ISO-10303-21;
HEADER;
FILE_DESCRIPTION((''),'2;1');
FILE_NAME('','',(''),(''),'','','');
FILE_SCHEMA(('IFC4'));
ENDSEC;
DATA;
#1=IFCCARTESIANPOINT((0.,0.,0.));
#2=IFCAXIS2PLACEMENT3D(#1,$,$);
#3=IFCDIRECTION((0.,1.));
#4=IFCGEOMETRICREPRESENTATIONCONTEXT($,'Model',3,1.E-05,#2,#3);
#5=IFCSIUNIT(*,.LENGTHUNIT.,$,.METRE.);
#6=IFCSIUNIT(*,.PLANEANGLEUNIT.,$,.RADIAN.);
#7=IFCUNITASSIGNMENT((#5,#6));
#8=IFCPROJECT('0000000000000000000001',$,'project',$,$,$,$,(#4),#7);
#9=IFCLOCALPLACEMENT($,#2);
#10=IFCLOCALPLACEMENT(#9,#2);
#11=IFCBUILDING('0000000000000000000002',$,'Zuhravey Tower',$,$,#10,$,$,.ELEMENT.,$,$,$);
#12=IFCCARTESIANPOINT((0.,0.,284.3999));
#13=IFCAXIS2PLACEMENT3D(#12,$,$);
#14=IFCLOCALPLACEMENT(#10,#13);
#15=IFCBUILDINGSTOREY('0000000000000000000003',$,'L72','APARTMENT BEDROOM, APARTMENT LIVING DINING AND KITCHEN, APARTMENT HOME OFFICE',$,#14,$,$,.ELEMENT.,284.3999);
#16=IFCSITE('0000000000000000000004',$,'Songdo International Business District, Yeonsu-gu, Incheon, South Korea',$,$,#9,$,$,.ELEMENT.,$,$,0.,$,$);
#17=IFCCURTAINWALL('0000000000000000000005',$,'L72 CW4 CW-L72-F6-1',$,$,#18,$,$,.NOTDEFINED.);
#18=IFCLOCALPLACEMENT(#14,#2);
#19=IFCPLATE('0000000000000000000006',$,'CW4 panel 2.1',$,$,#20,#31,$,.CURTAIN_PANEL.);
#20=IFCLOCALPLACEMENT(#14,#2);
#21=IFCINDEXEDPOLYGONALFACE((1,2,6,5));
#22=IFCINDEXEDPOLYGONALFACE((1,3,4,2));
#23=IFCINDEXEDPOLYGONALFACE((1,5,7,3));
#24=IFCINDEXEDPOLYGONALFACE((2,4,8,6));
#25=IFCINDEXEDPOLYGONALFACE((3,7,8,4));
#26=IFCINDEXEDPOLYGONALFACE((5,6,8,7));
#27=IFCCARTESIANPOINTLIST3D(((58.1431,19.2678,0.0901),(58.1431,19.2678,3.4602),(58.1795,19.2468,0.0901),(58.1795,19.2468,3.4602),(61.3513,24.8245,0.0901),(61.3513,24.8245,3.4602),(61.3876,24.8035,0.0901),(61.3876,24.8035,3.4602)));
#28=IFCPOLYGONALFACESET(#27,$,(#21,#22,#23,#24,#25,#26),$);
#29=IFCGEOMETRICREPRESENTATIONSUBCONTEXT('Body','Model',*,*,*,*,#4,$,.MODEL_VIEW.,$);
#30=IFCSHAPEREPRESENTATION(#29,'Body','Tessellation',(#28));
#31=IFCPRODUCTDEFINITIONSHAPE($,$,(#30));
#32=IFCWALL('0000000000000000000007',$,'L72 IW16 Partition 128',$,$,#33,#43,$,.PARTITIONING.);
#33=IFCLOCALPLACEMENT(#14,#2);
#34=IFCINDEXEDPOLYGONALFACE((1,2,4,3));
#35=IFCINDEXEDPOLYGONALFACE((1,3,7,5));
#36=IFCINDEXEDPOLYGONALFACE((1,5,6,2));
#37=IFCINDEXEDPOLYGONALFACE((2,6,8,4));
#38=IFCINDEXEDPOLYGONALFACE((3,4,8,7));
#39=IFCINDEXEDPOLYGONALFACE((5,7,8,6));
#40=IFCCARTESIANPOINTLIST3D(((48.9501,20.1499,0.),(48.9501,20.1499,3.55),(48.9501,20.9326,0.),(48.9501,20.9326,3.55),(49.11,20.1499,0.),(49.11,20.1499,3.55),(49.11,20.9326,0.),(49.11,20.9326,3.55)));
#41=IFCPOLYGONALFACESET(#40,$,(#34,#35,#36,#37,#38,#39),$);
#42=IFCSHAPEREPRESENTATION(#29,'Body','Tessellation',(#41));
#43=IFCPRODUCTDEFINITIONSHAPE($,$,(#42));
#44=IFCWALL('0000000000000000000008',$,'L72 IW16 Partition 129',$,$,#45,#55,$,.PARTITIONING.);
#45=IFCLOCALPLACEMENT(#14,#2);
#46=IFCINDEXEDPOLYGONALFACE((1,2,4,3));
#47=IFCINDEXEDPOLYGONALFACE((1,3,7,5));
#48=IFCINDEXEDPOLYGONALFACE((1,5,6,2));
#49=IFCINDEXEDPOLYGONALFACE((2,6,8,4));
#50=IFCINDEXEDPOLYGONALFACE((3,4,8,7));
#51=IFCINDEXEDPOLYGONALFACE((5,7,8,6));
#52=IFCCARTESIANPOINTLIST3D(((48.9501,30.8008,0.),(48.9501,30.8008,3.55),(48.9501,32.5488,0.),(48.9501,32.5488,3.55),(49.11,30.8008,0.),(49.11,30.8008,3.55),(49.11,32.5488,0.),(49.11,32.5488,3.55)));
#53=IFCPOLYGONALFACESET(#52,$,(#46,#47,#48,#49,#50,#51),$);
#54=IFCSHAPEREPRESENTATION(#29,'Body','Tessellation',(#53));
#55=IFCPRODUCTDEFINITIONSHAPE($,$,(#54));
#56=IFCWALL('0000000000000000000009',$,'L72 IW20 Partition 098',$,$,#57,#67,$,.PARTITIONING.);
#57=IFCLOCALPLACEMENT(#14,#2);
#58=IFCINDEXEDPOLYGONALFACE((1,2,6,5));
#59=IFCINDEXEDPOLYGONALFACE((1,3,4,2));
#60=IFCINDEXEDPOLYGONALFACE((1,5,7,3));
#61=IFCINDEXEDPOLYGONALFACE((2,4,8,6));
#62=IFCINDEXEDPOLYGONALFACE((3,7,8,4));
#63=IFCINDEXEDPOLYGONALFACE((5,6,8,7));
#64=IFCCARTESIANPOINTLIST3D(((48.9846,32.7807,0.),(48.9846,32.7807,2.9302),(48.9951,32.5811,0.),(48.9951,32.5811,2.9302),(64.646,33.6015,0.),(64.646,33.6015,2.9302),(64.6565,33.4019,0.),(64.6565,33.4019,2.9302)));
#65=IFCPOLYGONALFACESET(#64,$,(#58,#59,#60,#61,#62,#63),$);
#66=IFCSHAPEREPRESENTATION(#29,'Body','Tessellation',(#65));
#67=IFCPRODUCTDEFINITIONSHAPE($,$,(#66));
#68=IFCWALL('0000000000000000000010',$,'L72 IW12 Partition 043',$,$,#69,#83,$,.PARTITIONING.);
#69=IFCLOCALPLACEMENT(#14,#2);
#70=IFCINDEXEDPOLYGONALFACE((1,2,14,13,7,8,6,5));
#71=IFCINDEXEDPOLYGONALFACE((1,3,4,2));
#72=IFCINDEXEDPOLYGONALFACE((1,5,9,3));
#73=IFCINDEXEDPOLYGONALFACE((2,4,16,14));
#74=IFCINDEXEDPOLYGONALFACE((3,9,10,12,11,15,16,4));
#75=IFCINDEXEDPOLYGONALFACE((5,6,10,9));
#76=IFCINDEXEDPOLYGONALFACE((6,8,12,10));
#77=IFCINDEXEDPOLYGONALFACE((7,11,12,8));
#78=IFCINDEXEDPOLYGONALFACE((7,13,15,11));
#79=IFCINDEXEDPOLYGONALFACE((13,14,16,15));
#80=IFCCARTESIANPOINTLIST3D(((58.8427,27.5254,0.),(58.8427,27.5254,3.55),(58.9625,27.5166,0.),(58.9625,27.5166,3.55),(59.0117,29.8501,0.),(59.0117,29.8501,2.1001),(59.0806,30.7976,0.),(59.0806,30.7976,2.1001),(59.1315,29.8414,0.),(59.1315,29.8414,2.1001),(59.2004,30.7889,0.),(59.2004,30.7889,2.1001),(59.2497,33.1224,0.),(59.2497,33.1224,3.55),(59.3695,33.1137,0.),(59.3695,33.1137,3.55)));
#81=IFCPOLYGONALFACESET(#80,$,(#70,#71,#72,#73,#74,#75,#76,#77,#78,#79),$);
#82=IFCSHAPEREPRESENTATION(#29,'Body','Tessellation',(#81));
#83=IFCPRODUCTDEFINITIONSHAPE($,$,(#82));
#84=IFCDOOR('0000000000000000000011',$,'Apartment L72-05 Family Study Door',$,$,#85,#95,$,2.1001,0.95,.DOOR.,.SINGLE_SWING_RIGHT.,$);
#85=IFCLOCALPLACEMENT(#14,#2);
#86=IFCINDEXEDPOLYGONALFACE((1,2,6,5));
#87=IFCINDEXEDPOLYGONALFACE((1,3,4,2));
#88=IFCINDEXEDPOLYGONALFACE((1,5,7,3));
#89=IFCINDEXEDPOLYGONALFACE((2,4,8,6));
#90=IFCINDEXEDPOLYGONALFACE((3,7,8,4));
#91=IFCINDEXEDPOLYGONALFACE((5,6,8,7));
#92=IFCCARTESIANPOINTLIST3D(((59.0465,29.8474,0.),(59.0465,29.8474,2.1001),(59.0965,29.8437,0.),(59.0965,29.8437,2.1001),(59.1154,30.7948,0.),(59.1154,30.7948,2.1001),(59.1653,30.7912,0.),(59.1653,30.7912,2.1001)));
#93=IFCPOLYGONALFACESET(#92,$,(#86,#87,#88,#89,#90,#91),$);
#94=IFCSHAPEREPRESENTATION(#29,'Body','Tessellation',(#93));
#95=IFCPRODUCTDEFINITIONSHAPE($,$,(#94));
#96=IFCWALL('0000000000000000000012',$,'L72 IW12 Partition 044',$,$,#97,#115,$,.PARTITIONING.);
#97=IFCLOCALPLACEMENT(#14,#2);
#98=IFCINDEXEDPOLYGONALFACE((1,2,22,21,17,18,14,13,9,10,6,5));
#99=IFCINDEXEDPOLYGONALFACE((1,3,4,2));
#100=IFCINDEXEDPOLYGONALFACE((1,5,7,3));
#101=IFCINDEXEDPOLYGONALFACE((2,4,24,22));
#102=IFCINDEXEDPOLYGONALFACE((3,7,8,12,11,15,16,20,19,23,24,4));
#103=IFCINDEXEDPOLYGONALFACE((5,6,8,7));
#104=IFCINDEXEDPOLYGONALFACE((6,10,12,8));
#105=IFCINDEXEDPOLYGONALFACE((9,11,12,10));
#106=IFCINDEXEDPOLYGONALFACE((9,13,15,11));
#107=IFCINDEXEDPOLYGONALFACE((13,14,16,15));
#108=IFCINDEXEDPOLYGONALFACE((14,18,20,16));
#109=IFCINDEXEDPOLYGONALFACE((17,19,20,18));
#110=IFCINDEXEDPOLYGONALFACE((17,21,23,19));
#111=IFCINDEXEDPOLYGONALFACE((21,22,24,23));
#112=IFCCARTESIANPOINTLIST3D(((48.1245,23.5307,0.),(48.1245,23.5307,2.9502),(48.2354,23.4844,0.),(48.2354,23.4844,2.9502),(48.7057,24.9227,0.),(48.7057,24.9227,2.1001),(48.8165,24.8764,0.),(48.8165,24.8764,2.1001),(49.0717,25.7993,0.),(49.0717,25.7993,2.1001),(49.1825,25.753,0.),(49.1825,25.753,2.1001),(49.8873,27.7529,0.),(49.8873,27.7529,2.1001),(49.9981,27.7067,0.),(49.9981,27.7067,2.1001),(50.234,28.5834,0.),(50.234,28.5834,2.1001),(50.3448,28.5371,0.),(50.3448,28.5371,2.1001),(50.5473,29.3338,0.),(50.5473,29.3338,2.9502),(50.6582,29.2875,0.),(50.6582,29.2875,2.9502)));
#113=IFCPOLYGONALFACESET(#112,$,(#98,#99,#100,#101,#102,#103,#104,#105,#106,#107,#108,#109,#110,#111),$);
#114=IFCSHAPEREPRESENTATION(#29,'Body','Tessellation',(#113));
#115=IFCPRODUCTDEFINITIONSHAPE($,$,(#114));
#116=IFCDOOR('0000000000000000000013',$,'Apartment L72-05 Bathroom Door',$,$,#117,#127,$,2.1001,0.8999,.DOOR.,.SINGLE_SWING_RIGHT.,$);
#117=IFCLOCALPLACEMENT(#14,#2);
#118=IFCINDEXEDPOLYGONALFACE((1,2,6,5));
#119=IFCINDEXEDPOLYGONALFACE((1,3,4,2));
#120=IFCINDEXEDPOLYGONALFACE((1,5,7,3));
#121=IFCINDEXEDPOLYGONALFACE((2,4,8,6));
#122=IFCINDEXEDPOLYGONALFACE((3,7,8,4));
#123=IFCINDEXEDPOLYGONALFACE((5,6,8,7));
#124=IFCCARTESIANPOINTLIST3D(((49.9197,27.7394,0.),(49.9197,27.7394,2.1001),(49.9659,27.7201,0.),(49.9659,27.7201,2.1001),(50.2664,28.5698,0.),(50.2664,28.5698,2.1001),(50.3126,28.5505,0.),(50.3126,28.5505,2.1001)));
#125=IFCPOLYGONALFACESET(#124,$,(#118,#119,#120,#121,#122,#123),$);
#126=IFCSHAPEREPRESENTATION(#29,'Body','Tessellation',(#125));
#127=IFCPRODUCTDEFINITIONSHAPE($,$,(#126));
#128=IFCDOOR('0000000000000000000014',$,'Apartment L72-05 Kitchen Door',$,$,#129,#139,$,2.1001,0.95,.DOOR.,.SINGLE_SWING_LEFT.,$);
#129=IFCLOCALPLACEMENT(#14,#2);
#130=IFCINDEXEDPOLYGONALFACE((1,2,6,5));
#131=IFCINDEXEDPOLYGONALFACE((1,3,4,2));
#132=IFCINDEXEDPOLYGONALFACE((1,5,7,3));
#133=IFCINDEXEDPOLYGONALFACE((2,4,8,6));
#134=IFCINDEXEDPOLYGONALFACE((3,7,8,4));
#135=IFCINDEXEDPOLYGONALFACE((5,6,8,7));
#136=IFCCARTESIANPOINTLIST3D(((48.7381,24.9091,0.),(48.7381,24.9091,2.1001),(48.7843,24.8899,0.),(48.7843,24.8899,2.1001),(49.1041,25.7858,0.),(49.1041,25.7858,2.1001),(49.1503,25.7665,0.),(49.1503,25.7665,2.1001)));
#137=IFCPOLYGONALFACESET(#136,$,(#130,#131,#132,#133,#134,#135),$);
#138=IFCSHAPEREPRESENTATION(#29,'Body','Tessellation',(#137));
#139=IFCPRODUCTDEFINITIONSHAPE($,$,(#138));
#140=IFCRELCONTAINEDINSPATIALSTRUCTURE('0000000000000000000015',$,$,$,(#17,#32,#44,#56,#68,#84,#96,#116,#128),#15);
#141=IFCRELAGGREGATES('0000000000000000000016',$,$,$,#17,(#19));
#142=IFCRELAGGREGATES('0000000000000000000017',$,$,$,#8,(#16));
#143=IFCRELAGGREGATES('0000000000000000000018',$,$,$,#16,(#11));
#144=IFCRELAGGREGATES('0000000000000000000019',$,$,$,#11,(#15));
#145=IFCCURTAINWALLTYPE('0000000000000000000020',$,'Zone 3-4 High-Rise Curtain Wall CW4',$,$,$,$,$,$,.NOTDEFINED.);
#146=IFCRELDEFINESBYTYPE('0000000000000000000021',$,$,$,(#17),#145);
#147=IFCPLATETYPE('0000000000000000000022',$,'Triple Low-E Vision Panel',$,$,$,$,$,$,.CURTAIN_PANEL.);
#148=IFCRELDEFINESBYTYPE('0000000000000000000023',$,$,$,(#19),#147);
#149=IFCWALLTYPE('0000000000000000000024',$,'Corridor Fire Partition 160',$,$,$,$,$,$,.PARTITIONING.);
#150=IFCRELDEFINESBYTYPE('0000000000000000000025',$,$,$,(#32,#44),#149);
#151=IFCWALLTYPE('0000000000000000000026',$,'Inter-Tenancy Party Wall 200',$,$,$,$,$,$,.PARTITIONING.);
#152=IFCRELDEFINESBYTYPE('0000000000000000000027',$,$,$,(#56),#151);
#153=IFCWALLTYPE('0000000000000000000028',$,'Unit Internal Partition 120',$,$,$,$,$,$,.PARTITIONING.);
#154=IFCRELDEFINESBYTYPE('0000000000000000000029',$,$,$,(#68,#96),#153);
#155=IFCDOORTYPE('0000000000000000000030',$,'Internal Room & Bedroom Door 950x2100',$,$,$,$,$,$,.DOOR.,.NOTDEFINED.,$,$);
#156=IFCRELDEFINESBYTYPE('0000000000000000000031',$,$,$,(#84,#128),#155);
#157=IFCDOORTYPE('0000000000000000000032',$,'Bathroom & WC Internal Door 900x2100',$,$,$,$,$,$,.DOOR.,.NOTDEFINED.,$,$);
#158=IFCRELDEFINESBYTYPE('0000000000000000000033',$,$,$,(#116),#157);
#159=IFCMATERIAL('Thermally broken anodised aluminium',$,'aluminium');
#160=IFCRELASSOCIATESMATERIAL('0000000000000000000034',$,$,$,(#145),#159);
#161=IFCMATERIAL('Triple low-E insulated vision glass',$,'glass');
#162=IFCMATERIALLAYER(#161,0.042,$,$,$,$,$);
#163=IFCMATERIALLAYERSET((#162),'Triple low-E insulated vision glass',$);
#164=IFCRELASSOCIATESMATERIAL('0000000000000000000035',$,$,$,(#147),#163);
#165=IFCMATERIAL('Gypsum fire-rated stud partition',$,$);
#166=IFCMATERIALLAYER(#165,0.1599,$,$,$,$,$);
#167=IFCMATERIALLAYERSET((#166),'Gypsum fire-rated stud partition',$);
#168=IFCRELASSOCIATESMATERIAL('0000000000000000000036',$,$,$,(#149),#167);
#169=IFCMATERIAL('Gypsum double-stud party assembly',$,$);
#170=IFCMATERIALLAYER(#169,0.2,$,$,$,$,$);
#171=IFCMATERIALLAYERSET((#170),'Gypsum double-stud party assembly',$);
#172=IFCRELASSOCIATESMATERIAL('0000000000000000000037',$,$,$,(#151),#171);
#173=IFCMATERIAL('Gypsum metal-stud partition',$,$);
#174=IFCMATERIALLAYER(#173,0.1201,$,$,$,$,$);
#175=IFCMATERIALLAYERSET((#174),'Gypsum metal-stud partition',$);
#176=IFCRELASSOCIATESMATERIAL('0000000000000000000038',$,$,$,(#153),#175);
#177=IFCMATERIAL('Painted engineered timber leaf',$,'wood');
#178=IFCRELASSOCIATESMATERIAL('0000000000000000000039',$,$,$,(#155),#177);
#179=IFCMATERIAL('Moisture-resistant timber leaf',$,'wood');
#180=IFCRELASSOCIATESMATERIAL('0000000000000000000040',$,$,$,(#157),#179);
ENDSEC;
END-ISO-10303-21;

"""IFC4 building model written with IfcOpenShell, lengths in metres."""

from ifc_helpers import new_model, si_unit, direction, frame, frame_2d, origin, origin_2d, place, context, subcontext, project, spatial, rectangle, extrude, material, layer, layer_set, type_object, element, fill, aggregate, save


model = new_model("IFC4")

# Units and contexts
model_context = context("Model", 3, precision=1e-05, world=origin(), true_north=direction((0.0, 1.0)))
body_context = subcontext(model_context, "Body", "Model", "MODEL_VIEW")
ifc_project = project(units=[si_unit("LENGTHUNIT", "METRE"), si_unit("PLANEANGLEUNIT", "RADIAN")], contexts=[model_context])

# Site, building, storey
site_placement = place(None, origin())
site = spatial("IfcSite", under=ifc_project, at=site_placement, Name="Songdo International Business District, Yeonsu-gu, Incheon, South Korea", CompositionType="ELEMENT", RefElevation=0.0)
building_placement = place(site_placement, origin())
building = spatial("IfcBuilding", under=site, at=building_placement, Name="Zuhravey Tower", CompositionType="ELEMENT")
storey_placement = place(building_placement, frame((0.0, 0.0, 284.3999)))
storey = spatial("IfcBuildingStorey", under=building, at=storey_placement, Name="L72", Description="APARTMENT BEDROOM, APARTMENT LIVING DINING AND KITCHEN, APARTMENT HOME OFFICE", CompositionType="ELEMENT", Elevation=284.3999)

# Curtain wall
ifc_material_1 = material(Name="Thermally broken anodised aluminium", Category="aluminium")
curtain_wall_type = type_object("IfcCurtainWallType", Name="Zone 3-4 High-Rise Curtain Wall CW4", PredefinedType="NOTDEFINED", material=ifc_material_1)
curtain_wall_placement = place(storey_placement, origin())
curtain_wall = element("IfcCurtainWall", 1, at=curtain_wall_placement, inside=storey, type_object=curtain_wall_type, Name="L72 CW4 CW-L72-F6-1", PredefinedType="NOTDEFINED")

# Plate
ifc_material_2 = material(Name="Triple low-E insulated vision glass", Category="glass")
ifc_layer_1 = layer(ifc_material_2, 0.042)
ifc_layer_set_1 = layer_set([ifc_layer_1], Name="Triple low-E insulated vision glass")
plate_type_1 = type_object("IfcPlateType", Name="Triple Low-E Vision Panel", PredefinedType="CURTAIN_PANEL", material=ifc_layer_set_1)
plate_1_placement = place(storey_placement, frame((59.7654, 22.0356, 0.0901), z_axis=(0.0, 0.0, 1.0), x_axis=(-0.500001, -0.866025, 0.0)))
plate_1 = element("IfcPlate", 2, at=plate_1_placement, type_object=plate_type_1, Name="CW4 panel 2.1", PredefinedType="CURTAIN_PANEL", context=body_context, shape_type="SweptSolid", body=[
    extrude(rectangle(XDim=6.4163, YDim=0.042, at=origin_2d()), origin(), (0.0, 0.0, 1.0), 3.3701),
])
aggregate(curtain_wall, [plate_1])

# Walls
ifc_material_3 = material(Name="Gypsum fire-rated stud partition")
ifc_layer_2 = layer(ifc_material_3, 0.1599)
ifc_layer_set_2 = layer_set([ifc_layer_2], Name="Gypsum fire-rated stud partition")
wall_type_1 = type_object("IfcWallType", Name="Corridor Fire Partition 160", PredefinedType="PARTITIONING", material=ifc_layer_set_2)
wall_1_placement = place(storey_placement, frame((49.03, 20.1499, 0.0), z_axis=(0.0, 0.0, 1.0), x_axis=(0.0, 1.0, 0.0)))
element("IfcWall", 3, at=wall_1_placement, inside=storey, type_object=wall_type_1, Name="L72 IW16 Partition 128", PredefinedType="PARTITIONING", context=body_context, shape_type="SweptSolid", body=[
    extrude(rectangle(XDim=0.7827, YDim=0.1599, at=frame_2d((0.3914, 0.0))), origin(), (0.0, 0.0, 1.0), 3.55),
])
wall_2_placement = place(storey_placement, frame((49.03, 30.8008, 0.0), z_axis=(0.0, 0.0, 1.0), x_axis=(0.0, 1.0, 0.0)))
element("IfcWall", 4, at=wall_2_placement, inside=storey, type_object=wall_type_1, Name="L72 IW16 Partition 129", PredefinedType="PARTITIONING", context=body_context, shape_type="SweptSolid", body=[
    extrude(rectangle(XDim=1.748, YDim=0.1599, at=frame_2d((0.874, 0.0))), origin(), (0.0, 0.0, 1.0), 3.55),
])
ifc_material_4 = material(Name="Gypsum double-stud party assembly")
ifc_layer_3 = layer(ifc_material_4, 0.2)
ifc_layer_set_3 = layer_set([ifc_layer_3], Name="Gypsum double-stud party assembly")
wall_type_2 = type_object("IfcWallType", Name="Inter-Tenancy Party Wall 200", PredefinedType="PARTITIONING", material=ifc_layer_set_3)
wall_3_placement = place(storey_placement, frame((48.99, 32.6809, 0.0), z_axis=(0.0, 0.0, 1.0), x_axis=(0.998629, 0.052337, 0.0)))
element("IfcWall", 5, at=wall_3_placement, inside=storey, type_object=wall_type_2, Name="L72 IW20 Partition 098", PredefinedType="PARTITIONING", context=body_context, shape_type="SweptSolid", body=[
    extrude(rectangle(XDim=15.6829, YDim=0.2, at=frame_2d((7.8413, 0.0))), origin(), (0.0, 0.0, 1.0), 2.9302),
])

# Wall, opening, door
ifc_material_5 = material(Name="Gypsum metal-stud partition")
ifc_layer_4 = layer(ifc_material_5, 0.1201)
ifc_layer_set_4 = layer_set([ifc_layer_4], Name="Gypsum metal-stud partition")
wall_type_3 = type_object("IfcWallType", Name="Unit Internal Partition 120", PredefinedType="PARTITIONING", material=ifc_layer_set_4)
wall_4_placement = place(storey_placement, frame((58.9026, 27.521, 0.0), z_axis=(0.0, 0.0, 1.0), x_axis=(0.072524, 0.997367, 0.0)))
wall_4 = element("IfcWall", 6, at=wall_4_placement, inside=storey, type_object=wall_type_3, Name="L72 IW12 Partition 043", PredefinedType="PARTITIONING", context=body_context, shape_type="SweptSolid", body=[
    extrude(rectangle(XDim=5.6118, YDim=0.1201, at=frame_2d((2.8059, 0.0))), origin(), (0.0, 0.0, 1.0), 3.55),
])
opening_1_placement = place(wall_4_placement, frame((2.3308, 0.0, 0.0)))
opening_1 = element("IfcOpeningElement", 7, at=opening_1_placement, cuts=wall_4, PredefinedType="OPENING", context=body_context, shape_type="SweptSolid", body=[
    extrude(rectangle(XDim=0.95, YDim=2.1001, at=frame_2d((0.4751, 1.05))), frame((0.0, 0.072, 0.0), z_axis=(0.0, -1.0, 0.0), x_axis=(1.0, 0.0, 0.0)), (0.0, 0.0, 1.0), 0.144),
])
ifc_material_6 = material(Name="Painted engineered timber leaf", Category="wood")
door_type_1 = type_object("IfcDoorType", Name="Internal Room & Bedroom Door 950x2100", OperationType="NOTDEFINED", PredefinedType="DOOR", material=ifc_material_6)
door_1_placement = place(opening_1_placement, frame((0.95, 0.0, 0.0), z_axis=(0.0, 0.0, 1.0), x_axis=(-1.0, 0.0, 0.0)))
door_1 = element("IfcDoor", 8, at=door_1_placement, inside=storey, type_object=door_type_1, Name="Apartment L72-05 Family Study Door", OperationType="SINGLE_SWING_RIGHT", OverallHeight=2.1001, OverallWidth=0.95, PredefinedType="DOOR", context=body_context, shape_type="SweptSolid", body=[
    extrude(rectangle(XDim=0.95, YDim=2.1001, at=frame_2d((0.4751, 1.05))), frame((0.0, 0.0249, 0.0), z_axis=(0.0, -1.0, 0.0), x_axis=(1.0, 0.0, 0.0)), (0.0, 0.0, 1.0), 0.05),
])
fill(opening_1, door_1)

# Wall, openings, doors
wall_5_placement = place(storey_placement, frame((48.1799, 23.5076, 0.0), z_axis=(0.0, 0.0, 1.0), x_axis=(0.385271, 0.922803, 0.0)))
wall_5 = element("IfcWall", 9, at=wall_5_placement, inside=storey, type_object=wall_type_3, Name="L72 IW12 Partition 044", PredefinedType="PARTITIONING", context=body_context, shape_type="SweptSolid", body=[
    extrude(rectangle(XDim=6.2886, YDim=0.1201, at=frame_2d((3.1443, 0.0))), origin(), (0.0, 0.0, 1.0), 2.9502),
])
opening_2_placement = place(wall_5_placement, frame((1.5083, 0.0, 0.0)))
opening_2 = element("IfcOpeningElement", 10, at=opening_2_placement, cuts=wall_5, PredefinedType="OPENING", context=body_context, shape_type="SweptSolid", body=[
    extrude(rectangle(XDim=0.95, YDim=2.1001, at=frame_2d((0.4751, 1.05))), frame((0.0, 0.072, 0.0), z_axis=(0.0, -1.0, 0.0), x_axis=(1.0, 0.0, 0.0)), (0.0, 0.0, 1.0), 0.144),
])
opening_3_placement = place(wall_5_placement, frame((4.5754, 0.0, 0.0)))
opening_3 = element("IfcOpeningElement", 11, at=opening_3_placement, cuts=wall_5, PredefinedType="OPENING", context=body_context, shape_type="SweptSolid", body=[
    extrude(rectangle(XDim=0.8999, YDim=2.1001, at=frame_2d((0.45, 1.05))), frame((0.0, 0.072, 0.0), z_axis=(0.0, -1.0, 0.0), x_axis=(1.0, 0.0, 0.0)), (0.0, 0.0, 1.0), 0.144),
])
ifc_material_7 = material(Name="Moisture-resistant timber leaf", Category="wood")
door_type_2 = type_object("IfcDoorType", Name="Bathroom & WC Internal Door 900x2100", OperationType="NOTDEFINED", PredefinedType="DOOR", material=ifc_material_7)
door_2_placement = place(opening_3_placement, origin())
door_2 = element("IfcDoor", 12, at=door_2_placement, inside=storey, type_object=door_type_2, Name="Apartment L72-05 Bathroom Door", OperationType="SINGLE_SWING_RIGHT", OverallHeight=2.1001, OverallWidth=0.8999, PredefinedType="DOOR", context=body_context, shape_type="SweptSolid", body=[
    extrude(rectangle(XDim=0.8999, YDim=2.1001, at=frame_2d((0.45, 1.05))), frame((0.0, 0.0249, 0.0), z_axis=(0.0, -1.0, 0.0), x_axis=(1.0, 0.0, 0.0)), (0.0, 0.0, 1.0), 0.05),
])
fill(opening_3, door_2)
door_3_placement = place(opening_2_placement, origin())
door_3 = element("IfcDoor", 13, at=door_3_placement, inside=storey, type_object=door_type_1, Name="Apartment L72-05 Kitchen Door", OperationType="SINGLE_SWING_LEFT", OverallHeight=2.1001, OverallWidth=0.95, PredefinedType="DOOR", context=body_context, shape_type="SweptSolid", body=[
    extrude(rectangle(XDim=0.95, YDim=2.1001, at=frame_2d((0.4751, 1.05))), frame((0.0, 0.0249, 0.0), z_axis=(0.0, -1.0, 0.0), x_axis=(1.0, 0.0, 0.0)), (0.0, 0.0, 1.0), 0.05),
])
fill(opening_2, door_3)

save(model, "model.ifc")
